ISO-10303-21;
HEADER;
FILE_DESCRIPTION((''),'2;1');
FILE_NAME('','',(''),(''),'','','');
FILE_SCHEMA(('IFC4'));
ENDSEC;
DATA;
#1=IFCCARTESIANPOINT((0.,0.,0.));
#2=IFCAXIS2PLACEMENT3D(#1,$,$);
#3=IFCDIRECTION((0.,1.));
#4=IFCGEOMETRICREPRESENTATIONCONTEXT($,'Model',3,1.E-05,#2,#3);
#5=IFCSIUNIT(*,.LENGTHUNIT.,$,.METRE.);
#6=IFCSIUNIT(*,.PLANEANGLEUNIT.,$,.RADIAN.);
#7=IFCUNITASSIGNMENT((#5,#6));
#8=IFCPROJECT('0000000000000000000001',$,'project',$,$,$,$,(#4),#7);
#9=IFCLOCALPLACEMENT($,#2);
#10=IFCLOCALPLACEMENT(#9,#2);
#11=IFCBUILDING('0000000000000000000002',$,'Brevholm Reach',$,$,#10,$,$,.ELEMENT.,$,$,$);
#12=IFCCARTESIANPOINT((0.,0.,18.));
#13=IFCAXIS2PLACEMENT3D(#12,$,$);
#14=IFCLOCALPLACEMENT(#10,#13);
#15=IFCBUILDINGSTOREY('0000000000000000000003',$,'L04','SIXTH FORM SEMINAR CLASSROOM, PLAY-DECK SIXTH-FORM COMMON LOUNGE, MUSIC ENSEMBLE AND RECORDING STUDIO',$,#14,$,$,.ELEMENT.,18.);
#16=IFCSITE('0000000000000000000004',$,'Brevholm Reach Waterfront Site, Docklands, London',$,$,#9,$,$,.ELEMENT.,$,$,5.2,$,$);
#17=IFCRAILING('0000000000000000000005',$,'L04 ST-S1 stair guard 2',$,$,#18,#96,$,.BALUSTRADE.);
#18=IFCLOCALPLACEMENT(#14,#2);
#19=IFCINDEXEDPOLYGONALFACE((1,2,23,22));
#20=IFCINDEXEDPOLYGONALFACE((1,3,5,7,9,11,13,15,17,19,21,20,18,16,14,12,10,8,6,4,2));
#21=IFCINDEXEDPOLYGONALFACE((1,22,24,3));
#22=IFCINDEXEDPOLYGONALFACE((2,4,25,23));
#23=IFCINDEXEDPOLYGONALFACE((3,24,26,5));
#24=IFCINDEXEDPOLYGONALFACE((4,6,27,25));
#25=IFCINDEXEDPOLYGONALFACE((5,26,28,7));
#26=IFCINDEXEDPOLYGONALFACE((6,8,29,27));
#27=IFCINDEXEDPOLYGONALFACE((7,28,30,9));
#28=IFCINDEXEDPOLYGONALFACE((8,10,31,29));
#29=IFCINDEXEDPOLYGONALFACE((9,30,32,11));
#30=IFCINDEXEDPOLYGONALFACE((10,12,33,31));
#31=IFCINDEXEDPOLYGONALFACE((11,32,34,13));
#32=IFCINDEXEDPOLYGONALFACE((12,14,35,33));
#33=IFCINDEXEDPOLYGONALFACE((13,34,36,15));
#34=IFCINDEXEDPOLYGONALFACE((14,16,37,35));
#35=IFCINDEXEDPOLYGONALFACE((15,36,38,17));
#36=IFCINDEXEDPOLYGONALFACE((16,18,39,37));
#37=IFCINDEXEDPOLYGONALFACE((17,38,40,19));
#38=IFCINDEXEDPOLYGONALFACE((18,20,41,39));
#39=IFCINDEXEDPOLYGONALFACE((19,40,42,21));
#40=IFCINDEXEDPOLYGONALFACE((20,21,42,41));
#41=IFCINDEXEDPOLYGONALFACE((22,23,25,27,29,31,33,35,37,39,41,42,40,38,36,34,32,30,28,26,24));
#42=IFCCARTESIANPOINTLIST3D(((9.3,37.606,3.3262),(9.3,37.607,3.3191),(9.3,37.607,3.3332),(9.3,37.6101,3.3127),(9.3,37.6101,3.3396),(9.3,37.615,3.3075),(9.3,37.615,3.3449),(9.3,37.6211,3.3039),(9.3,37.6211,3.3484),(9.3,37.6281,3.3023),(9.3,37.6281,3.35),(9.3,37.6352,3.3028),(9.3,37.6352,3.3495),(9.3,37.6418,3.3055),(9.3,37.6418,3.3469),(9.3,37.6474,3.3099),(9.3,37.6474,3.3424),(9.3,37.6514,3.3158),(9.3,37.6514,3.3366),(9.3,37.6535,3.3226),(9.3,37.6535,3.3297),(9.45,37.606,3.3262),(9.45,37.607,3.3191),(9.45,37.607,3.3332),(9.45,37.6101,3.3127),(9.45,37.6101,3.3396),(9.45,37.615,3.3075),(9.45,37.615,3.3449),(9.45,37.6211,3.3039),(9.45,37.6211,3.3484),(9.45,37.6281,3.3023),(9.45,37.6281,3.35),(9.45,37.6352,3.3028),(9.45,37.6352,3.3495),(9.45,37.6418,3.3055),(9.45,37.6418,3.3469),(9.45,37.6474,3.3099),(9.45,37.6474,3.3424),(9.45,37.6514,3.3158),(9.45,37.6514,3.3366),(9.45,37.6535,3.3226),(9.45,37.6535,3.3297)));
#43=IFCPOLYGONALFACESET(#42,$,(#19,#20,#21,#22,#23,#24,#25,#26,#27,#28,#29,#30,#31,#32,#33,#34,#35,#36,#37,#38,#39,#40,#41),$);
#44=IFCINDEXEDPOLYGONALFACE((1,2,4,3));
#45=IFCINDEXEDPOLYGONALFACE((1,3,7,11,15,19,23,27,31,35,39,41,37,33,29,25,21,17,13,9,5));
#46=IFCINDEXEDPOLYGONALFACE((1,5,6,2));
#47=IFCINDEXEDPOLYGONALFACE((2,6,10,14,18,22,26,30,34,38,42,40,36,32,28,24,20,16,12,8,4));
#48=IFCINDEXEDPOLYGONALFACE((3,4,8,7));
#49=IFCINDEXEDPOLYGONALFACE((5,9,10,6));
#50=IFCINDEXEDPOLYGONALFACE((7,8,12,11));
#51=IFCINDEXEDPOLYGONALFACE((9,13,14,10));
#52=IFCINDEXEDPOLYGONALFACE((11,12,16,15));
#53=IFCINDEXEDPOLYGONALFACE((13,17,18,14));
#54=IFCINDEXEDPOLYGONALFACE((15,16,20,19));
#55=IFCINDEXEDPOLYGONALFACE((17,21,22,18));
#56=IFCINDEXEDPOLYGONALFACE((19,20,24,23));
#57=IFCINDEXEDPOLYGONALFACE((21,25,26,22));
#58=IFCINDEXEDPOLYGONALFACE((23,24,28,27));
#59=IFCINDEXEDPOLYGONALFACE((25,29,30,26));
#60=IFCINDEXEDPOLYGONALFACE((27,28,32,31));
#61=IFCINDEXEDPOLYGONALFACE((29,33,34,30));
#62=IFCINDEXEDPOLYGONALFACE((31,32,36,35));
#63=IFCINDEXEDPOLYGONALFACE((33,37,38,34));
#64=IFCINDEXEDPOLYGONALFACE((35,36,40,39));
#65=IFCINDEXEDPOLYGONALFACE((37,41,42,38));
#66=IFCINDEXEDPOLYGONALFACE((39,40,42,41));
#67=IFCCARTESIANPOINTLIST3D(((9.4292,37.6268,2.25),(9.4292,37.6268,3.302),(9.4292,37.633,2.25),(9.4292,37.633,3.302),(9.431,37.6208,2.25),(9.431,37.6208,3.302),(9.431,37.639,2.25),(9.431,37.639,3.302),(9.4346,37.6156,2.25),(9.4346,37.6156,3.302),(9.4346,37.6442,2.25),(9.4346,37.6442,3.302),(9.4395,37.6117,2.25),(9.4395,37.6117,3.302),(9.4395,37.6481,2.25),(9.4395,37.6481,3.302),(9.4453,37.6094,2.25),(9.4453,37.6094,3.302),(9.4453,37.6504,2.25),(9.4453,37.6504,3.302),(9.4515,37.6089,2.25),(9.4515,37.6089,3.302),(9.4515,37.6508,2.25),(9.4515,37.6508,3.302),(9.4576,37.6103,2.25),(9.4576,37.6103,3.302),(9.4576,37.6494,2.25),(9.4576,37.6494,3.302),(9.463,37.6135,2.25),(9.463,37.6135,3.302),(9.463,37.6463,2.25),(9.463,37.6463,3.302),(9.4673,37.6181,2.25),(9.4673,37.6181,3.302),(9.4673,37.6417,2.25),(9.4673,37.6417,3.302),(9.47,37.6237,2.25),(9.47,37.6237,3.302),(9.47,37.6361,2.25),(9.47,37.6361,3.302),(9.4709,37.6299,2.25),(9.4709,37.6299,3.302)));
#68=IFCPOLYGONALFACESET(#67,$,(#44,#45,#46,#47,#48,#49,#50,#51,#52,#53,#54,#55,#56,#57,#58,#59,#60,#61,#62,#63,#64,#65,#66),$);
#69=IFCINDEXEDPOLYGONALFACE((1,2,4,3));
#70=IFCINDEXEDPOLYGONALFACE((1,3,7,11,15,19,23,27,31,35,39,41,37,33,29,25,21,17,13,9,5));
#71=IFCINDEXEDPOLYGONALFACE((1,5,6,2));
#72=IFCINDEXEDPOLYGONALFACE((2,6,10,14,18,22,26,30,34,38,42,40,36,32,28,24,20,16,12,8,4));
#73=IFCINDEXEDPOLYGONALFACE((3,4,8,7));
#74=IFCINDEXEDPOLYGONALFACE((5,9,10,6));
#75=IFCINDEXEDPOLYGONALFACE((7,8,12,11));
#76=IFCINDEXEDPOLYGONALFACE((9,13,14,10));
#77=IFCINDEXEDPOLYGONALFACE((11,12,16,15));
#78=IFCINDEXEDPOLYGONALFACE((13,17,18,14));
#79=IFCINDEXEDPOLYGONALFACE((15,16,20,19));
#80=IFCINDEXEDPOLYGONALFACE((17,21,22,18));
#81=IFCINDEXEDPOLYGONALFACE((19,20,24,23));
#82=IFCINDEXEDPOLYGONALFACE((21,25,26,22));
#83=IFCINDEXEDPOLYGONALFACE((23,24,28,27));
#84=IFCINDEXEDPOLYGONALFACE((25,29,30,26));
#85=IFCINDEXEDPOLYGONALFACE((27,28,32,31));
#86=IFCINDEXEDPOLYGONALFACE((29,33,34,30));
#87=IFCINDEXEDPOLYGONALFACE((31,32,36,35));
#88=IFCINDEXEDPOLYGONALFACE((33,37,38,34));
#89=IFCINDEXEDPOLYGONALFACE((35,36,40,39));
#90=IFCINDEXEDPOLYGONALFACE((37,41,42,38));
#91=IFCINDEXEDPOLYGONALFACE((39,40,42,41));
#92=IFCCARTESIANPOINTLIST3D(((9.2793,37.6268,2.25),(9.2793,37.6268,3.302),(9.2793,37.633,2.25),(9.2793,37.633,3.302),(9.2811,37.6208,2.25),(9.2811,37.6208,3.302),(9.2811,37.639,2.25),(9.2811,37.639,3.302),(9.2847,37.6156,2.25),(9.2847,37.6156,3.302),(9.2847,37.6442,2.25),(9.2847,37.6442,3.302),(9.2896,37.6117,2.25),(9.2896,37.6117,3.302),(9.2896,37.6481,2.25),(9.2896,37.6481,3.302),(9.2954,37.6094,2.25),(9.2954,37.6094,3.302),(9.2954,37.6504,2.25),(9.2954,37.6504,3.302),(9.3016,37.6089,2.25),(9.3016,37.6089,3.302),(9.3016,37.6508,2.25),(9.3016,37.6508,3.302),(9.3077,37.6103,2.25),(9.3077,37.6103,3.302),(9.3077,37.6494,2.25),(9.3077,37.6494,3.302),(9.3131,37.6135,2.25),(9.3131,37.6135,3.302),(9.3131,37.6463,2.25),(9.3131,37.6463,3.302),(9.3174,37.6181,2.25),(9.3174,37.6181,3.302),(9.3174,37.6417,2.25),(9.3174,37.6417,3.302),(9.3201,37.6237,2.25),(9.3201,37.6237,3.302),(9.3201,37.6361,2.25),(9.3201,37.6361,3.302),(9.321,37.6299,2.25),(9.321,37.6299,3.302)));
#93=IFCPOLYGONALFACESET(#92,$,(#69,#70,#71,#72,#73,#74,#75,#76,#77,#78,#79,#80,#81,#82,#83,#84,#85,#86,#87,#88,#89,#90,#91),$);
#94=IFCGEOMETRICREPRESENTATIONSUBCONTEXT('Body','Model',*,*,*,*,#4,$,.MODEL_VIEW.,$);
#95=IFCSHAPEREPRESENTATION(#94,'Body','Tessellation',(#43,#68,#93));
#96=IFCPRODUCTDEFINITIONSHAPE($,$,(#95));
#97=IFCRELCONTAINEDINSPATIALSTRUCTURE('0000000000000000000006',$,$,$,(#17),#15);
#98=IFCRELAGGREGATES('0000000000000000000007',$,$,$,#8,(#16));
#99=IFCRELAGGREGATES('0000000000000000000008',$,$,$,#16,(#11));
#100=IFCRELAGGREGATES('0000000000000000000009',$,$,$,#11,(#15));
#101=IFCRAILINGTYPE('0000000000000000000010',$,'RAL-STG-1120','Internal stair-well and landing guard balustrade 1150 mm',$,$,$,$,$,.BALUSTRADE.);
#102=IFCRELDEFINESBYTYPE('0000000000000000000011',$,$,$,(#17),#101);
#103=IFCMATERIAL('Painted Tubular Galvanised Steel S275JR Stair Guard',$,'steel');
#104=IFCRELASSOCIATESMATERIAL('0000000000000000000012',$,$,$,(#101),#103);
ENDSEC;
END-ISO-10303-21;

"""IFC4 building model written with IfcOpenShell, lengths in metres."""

from ifc_helpers import new_model, si_unit, direction, frame, origin, origin_2d, place, context, subcontext, project, spatial, circle, extrude, material, type_object, element, save


model = new_model("IFC4")

# Units and contexts
model_context = context("Model", 3, precision=1e-05, world=origin(), true_north=direction((0.0, 1.0)))
body_context = subcontext(model_context, "Body", "Model", "MODEL_VIEW")
ifc_project = project(units=[si_unit("LENGTHUNIT", "METRE"), si_unit("PLANEANGLEUNIT", "RADIAN")], contexts=[model_context])

# Site, building, storey
site_placement = place(None, origin())
site = spatial("IfcSite", under=ifc_project, at=site_placement, Name="Brevholm Reach Waterfront Site, Docklands, London", CompositionType="ELEMENT", RefElevation=5.2)
building_placement = place(site_placement, origin())
building = spatial("IfcBuilding", under=site, at=building_placement, Name="Brevholm Reach", CompositionType="ELEMENT")
storey_placement = place(building_placement, frame((0.0, 0.0, 18.0)))
storey = spatial("IfcBuildingStorey", under=building, at=storey_placement, Name="L04", Description="SIXTH FORM SEMINAR CLASSROOM, PLAY-DECK SIXTH-FORM COMMON LOUNGE, MUSIC ENSEMBLE AND RECORDING STUDIO", CompositionType="ELEMENT", Elevation=18.0)

# Railing
ifc_material_1 = material(Name="Painted Tubular Galvanised Steel S275JR Stair Guard", Category="steel")
railing_type_1 = type_object("IfcRailingType", Name="RAL-STG-1120", Description="Internal stair-well and landing guard balustrade 1150 mm", PredefinedType="BALUSTRADE", material=ifc_material_1)
railing_1_placement = place(storey_placement, frame((9.45, 37.6299, 2.25)))
element("IfcRailing", 1, at=railing_1_placement, inside=storey, type_object=railing_type_1, Name="L04 ST-S1 stair guard 2", PredefinedType="BALUSTRADE", context=body_context, shape_type="SweptSolid", body=[
    extrude(circle(Radius=0.0239, at=origin_2d()), frame((0.0, 0.0, 1.0762), z_axis=(-1.0, 0.0, 0.0), x_axis=(0.0, -1.0, 0.0)), (0.0, 0.0, 1.0), 0.1499),
    extrude(circle(Radius=0.021, at=origin_2d()), origin(), (0.0, 0.0, 1.0), 1.052),
    extrude(circle(Radius=0.021, at=origin_2d()), frame((-0.1499, 0.0, 0.0)), (0.0, 0.0, 1.0), 1.052),
])

save(model, "model.ifc")
